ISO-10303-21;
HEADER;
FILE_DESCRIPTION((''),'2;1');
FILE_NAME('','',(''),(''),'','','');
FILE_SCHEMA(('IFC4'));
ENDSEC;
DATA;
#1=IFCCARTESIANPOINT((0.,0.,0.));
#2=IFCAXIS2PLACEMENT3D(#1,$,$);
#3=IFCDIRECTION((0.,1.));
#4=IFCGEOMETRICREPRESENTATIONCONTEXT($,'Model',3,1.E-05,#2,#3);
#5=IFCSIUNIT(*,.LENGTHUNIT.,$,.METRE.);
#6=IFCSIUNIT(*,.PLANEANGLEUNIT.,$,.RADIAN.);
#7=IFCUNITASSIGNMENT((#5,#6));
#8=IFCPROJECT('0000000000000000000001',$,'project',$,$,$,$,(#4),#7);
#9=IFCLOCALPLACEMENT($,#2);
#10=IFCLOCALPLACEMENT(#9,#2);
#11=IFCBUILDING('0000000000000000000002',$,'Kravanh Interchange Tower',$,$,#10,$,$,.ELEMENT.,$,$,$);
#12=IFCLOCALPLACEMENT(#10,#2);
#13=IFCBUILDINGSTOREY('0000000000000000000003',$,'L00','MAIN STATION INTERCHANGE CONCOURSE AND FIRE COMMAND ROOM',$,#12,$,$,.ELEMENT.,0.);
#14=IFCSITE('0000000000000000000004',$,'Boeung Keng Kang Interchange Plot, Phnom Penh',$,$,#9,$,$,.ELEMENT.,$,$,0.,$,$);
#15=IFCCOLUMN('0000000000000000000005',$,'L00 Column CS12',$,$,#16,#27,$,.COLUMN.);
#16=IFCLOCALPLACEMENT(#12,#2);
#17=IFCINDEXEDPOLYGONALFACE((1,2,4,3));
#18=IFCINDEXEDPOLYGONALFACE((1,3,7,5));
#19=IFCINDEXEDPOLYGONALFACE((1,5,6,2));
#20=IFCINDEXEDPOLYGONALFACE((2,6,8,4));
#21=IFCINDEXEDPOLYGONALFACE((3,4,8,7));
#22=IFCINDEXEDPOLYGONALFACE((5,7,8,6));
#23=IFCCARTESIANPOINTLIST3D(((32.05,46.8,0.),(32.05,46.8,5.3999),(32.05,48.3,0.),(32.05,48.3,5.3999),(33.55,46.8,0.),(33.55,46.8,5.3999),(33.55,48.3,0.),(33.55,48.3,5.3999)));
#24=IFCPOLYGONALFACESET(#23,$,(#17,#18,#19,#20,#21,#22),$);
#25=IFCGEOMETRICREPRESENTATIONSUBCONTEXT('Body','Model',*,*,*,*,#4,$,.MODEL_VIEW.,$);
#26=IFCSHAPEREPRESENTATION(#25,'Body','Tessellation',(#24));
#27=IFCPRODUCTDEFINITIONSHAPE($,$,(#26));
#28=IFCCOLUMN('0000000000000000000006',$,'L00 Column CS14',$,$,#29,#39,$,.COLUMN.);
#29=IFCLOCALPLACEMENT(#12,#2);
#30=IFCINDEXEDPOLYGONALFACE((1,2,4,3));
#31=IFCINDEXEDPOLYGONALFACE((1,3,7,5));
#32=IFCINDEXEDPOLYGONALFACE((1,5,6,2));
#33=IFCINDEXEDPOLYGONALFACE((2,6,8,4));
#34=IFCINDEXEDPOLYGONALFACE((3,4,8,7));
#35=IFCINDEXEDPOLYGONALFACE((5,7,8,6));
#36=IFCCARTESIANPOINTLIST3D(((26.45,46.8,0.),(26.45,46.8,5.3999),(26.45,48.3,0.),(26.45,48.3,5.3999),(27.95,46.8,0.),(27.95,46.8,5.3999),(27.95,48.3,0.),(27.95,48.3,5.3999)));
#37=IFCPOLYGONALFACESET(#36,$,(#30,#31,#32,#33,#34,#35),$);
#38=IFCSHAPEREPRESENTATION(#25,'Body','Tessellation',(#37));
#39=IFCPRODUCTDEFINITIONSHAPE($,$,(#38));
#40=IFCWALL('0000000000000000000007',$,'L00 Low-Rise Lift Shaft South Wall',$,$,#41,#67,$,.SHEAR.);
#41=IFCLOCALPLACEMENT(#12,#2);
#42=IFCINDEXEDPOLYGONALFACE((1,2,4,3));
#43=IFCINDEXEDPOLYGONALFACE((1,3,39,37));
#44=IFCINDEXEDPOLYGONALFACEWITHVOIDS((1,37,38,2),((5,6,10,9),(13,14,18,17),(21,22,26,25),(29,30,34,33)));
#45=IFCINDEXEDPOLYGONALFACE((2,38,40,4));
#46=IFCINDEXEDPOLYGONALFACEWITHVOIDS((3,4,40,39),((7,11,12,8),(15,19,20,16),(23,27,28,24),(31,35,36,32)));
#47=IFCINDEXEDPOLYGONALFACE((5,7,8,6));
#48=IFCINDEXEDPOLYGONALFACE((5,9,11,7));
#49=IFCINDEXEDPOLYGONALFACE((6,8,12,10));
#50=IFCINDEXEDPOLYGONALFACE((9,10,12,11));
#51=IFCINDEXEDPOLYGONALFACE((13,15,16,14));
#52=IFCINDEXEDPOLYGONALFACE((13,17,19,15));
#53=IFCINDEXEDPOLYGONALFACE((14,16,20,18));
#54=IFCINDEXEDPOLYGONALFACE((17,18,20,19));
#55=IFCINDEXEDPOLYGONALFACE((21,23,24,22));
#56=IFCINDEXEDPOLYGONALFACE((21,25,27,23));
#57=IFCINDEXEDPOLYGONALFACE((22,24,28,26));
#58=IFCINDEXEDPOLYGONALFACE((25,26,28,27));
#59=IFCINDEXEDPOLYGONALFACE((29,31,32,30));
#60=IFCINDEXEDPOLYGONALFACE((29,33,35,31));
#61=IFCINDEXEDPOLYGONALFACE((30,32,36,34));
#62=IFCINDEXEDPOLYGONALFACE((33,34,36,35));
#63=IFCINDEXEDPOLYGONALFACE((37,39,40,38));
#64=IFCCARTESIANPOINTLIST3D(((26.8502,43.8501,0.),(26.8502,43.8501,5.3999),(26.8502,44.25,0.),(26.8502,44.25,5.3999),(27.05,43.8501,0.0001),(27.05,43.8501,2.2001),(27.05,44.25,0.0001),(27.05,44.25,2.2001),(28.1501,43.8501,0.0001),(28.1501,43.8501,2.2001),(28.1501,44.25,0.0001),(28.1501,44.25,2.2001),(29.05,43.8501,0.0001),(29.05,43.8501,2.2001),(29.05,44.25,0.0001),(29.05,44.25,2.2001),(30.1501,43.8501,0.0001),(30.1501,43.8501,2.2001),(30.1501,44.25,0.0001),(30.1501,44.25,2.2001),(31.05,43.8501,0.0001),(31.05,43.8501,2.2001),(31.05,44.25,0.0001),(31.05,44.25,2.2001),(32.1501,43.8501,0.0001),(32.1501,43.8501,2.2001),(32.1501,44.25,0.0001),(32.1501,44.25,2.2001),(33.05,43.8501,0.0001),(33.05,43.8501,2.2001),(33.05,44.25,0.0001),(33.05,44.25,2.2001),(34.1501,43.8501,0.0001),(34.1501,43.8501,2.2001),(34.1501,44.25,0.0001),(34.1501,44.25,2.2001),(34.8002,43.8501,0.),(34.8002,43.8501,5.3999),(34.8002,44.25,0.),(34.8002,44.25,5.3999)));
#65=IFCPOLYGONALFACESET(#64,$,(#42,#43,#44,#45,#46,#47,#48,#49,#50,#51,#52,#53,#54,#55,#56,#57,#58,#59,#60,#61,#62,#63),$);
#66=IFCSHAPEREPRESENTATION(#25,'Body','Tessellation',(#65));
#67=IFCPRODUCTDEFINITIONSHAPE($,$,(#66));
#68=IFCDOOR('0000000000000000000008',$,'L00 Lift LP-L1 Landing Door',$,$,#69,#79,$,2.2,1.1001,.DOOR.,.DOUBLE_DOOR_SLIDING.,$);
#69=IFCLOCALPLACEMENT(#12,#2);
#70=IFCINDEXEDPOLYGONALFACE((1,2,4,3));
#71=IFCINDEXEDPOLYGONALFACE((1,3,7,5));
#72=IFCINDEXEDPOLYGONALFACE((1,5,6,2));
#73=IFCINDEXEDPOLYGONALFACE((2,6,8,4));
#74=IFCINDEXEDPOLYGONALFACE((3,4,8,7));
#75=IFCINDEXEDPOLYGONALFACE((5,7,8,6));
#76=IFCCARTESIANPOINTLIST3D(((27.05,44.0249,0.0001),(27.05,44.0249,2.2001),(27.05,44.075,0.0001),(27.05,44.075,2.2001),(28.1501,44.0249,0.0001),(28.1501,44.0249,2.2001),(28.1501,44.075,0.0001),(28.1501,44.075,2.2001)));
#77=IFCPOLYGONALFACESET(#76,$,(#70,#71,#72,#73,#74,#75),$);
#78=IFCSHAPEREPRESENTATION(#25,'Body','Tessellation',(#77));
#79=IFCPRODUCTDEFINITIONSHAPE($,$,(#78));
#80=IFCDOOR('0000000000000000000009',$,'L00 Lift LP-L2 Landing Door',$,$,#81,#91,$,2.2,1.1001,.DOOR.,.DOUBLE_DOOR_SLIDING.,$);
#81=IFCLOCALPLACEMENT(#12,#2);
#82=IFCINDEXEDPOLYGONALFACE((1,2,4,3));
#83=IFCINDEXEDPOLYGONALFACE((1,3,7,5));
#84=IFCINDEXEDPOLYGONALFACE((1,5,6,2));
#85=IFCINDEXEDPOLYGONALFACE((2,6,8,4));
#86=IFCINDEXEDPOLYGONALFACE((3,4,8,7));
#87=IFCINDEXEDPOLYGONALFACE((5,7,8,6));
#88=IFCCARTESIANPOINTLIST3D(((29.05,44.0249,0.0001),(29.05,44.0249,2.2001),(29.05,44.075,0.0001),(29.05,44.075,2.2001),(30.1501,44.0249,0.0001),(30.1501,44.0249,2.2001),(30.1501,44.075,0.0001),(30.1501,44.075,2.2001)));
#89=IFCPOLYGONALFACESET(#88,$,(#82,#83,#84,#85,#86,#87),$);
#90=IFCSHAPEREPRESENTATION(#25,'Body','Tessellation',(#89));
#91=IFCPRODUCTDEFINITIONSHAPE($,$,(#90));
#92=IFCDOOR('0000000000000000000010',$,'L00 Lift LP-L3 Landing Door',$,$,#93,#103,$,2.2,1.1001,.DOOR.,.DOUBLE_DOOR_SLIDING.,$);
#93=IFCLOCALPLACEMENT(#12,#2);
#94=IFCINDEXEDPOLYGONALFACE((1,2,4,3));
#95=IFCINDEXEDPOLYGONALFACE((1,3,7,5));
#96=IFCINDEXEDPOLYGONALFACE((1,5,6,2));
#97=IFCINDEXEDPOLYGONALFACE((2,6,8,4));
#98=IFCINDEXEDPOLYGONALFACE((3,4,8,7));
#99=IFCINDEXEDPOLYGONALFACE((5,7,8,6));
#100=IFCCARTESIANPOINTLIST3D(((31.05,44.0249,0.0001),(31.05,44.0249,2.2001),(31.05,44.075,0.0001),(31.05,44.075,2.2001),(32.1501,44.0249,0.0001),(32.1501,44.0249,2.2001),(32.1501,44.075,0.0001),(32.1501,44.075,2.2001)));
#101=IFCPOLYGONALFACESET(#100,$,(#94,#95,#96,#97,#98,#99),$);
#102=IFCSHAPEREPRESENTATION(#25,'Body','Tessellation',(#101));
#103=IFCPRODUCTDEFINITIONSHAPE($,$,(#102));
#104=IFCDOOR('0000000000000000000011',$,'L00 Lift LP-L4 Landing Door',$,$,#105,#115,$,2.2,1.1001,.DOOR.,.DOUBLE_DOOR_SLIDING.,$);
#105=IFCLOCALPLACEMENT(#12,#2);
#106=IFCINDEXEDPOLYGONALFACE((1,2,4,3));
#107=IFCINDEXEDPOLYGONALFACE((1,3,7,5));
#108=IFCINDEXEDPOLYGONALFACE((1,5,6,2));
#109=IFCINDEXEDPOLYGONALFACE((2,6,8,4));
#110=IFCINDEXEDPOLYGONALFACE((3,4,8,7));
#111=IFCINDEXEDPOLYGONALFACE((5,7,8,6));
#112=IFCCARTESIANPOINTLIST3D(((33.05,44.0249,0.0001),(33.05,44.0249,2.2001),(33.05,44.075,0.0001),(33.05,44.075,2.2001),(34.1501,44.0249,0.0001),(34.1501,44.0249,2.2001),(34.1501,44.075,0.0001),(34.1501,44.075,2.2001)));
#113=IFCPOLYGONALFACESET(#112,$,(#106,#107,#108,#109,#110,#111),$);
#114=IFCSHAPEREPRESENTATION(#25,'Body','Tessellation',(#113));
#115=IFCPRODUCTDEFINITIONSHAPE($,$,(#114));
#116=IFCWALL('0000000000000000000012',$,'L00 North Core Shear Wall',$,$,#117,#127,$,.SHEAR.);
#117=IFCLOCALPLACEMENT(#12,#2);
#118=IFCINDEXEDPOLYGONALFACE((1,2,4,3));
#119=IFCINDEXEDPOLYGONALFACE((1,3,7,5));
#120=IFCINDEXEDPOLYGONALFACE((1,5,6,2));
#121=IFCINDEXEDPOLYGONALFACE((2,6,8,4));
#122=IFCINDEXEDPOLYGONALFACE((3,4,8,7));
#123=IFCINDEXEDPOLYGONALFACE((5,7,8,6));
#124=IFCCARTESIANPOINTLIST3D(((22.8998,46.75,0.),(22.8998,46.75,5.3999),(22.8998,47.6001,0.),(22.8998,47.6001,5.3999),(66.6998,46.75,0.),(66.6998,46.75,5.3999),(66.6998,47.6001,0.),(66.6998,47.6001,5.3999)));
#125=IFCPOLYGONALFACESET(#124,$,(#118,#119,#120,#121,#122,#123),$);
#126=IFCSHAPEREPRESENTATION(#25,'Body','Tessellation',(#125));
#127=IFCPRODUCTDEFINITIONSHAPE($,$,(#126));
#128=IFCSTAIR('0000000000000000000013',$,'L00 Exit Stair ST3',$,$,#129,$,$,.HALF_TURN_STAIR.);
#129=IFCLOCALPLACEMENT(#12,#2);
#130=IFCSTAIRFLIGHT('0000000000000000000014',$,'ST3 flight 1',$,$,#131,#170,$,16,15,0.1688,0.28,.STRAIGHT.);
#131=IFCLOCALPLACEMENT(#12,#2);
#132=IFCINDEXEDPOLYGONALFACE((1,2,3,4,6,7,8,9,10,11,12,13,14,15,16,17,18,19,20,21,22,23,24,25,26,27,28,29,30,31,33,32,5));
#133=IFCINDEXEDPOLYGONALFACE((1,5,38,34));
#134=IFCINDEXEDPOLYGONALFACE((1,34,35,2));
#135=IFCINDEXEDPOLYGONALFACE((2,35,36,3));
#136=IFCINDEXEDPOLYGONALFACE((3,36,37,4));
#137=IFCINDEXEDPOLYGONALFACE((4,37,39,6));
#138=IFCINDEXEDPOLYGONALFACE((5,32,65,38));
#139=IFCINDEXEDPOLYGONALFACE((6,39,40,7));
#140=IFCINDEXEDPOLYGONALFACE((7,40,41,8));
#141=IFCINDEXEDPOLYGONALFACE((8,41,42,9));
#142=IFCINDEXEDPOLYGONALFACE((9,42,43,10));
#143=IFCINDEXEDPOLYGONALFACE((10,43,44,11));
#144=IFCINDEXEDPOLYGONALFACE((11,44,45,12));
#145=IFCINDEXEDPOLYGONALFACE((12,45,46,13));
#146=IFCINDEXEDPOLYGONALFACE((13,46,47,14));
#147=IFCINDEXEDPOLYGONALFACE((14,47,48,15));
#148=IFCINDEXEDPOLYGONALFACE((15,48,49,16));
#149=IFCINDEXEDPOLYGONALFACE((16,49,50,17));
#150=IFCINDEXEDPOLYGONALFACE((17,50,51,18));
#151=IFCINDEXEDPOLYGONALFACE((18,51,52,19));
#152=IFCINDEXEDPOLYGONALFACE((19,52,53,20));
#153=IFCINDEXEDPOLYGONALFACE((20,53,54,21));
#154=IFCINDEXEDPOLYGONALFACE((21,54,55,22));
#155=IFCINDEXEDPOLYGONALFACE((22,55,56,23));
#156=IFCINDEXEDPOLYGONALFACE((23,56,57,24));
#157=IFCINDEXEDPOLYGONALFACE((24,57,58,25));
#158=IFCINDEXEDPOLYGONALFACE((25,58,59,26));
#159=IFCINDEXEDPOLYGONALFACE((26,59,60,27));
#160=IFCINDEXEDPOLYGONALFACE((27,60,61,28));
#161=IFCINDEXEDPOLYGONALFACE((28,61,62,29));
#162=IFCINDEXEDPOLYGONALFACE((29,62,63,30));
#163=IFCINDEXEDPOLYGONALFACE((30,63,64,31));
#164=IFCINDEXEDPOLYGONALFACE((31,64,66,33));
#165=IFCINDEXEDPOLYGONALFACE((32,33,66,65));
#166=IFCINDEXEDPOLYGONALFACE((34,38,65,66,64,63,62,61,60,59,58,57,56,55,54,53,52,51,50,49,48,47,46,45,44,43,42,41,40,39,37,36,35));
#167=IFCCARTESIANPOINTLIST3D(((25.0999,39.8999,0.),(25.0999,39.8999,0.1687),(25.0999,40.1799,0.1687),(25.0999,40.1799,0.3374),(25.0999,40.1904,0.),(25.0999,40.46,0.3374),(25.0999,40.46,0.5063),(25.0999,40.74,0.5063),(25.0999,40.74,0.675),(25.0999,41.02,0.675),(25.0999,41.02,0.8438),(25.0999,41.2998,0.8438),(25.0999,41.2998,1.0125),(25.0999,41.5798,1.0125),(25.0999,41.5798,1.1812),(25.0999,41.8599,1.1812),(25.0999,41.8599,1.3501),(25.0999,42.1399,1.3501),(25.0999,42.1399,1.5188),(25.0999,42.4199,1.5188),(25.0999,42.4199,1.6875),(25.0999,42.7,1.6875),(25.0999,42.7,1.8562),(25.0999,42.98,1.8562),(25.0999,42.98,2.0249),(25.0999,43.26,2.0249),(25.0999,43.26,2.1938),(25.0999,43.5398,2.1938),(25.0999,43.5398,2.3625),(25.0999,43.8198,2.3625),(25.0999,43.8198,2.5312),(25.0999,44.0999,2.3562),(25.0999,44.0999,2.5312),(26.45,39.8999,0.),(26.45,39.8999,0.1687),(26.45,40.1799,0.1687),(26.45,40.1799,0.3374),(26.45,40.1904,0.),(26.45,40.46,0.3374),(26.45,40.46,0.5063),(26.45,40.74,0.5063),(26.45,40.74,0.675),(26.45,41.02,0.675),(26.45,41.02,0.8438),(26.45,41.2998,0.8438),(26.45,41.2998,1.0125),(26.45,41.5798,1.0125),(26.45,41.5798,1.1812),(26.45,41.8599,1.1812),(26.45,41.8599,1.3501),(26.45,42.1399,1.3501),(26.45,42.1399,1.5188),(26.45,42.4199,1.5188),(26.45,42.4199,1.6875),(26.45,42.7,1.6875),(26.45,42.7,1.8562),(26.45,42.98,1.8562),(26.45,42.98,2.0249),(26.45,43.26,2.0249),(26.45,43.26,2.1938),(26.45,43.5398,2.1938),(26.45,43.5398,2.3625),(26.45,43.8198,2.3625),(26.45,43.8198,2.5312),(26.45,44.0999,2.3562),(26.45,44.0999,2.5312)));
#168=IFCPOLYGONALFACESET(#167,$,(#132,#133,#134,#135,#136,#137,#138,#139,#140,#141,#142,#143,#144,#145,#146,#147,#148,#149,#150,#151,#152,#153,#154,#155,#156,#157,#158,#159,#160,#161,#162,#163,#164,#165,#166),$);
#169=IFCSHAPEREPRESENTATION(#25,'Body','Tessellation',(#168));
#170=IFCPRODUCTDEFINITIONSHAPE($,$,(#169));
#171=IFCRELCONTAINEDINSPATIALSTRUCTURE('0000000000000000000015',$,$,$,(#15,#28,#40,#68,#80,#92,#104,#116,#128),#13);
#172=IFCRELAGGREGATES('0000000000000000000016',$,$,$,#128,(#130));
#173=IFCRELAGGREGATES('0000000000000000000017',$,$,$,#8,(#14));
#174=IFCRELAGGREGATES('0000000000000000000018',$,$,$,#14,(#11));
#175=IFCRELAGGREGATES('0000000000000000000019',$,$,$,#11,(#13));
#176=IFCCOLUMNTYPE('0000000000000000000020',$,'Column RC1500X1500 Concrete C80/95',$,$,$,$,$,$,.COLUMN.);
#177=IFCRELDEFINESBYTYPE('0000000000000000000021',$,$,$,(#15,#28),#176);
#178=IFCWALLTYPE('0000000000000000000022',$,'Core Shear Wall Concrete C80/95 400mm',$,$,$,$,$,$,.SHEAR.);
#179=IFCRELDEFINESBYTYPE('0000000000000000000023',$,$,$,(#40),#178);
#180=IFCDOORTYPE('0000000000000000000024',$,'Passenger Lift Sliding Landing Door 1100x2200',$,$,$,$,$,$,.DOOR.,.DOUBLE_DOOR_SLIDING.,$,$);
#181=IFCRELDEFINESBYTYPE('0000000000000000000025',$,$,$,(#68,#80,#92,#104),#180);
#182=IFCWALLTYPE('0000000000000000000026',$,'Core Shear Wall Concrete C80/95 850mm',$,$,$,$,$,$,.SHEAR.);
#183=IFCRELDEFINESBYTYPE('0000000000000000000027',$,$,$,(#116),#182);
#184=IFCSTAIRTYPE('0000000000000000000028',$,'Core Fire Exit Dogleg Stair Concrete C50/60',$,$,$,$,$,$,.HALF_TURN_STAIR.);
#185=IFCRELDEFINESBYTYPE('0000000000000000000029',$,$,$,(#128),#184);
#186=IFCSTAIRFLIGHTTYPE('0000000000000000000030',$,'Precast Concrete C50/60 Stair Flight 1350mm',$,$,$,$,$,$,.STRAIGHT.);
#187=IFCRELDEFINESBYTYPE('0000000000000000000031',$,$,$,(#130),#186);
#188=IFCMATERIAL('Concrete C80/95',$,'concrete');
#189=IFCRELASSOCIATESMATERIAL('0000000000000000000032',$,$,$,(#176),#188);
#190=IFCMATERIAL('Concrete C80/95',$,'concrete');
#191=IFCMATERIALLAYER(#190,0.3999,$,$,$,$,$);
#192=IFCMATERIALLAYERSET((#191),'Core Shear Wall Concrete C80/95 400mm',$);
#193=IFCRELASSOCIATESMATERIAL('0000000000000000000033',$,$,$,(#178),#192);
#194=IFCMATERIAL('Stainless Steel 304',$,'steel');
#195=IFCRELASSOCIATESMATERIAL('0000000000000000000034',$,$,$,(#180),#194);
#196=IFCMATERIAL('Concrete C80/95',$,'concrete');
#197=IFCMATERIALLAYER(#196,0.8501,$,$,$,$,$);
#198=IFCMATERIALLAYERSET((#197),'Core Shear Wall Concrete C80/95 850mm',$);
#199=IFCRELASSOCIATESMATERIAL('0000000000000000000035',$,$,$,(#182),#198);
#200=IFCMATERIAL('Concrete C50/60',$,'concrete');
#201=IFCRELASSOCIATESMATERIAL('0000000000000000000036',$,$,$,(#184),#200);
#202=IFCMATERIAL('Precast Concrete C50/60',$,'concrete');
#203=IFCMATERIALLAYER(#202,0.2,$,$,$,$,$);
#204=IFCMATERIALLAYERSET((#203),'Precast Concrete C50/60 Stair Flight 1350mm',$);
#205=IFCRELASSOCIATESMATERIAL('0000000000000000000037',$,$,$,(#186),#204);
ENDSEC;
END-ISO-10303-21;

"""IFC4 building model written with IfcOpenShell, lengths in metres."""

from ifc_helpers import new_model, si_unit, direction, frame, frame_2d, origin, origin_2d, place, context, subcontext, project, spatial, polyline, rectangle, outline, extrude, material, layer, layer_set, material_profile, profile_set, type_object, element, fill, aggregate, save


model = new_model("IFC4")

# Units and contexts
model_context = context("Model", 3, precision=1e-05, world=origin(), true_north=direction((0.0, 1.0)))
body_context = subcontext(model_context, "Body", "Model", "MODEL_VIEW")
ifc_project = project(units=[si_unit("LENGTHUNIT", "METRE"), si_unit("PLANEANGLEUNIT", "RADIAN")], contexts=[model_context])

# Site, building, storey
site_placement = place(None, origin())
site = spatial("IfcSite", under=ifc_project, at=site_placement, Name="Boeung Keng Kang Interchange Plot, Phnom Penh", CompositionType="ELEMENT", RefElevation=0.0)
building_placement = place(site_placement, origin())
building = spatial("IfcBuilding", under=site, at=building_placement, Name="Kravanh Interchange Tower", CompositionType="ELEMENT")
storey_placement = place(building_placement, origin())
storey = spatial("IfcBuildingStorey", under=building, at=storey_placement, Name="L00", Description="MAIN STATION INTERCHANGE CONCOURSE AND FIRE COMMAND ROOM", CompositionType="ELEMENT", Elevation=0.0)

# Columns
ifc_material_1 = material(Name="Concrete C80/95", Category="concrete")
ifc_material_profile = material_profile(ifc_material_1, rectangle(XDim=1.5, YDim=1.5, at=origin_2d()), Name="RC1500X1500")
ifc_profile_set = profile_set([ifc_material_profile], Name="Concrete C80/95")
column_type = type_object("IfcColumnType", Name="Column RC1500X1500 Concrete C80/95", PredefinedType="COLUMN", material=ifc_profile_set)
for number, where, z_axis, x_axis, name in (
    (1, (32.8, 47.55, 0.0), (0.0, 0.0, 1.0), (1.0, 0.0, 0.0), "L00 Column CS12"),
    (2, (27.2, 47.55, 0.0), (0.0, 0.0, 1.0), (1.0, 0.0, 0.0), "L00 Column CS14"),
):
    element("IfcColumn", number, at=place(storey_placement, frame(where, z_axis=z_axis, x_axis=x_axis)), inside=storey, type_object=column_type, Name=name, PredefinedType="COLUMN", context=body_context, shape_type="SweptSolid", body=[
        extrude(rectangle(XDim=1.5, YDim=1.5, at=origin_2d()), origin(), (0.0, 0.0, 1.0), 5.3999),
    ])

# Wall, openings, doors
ifc_material_2 = material(Name="Concrete C80/95", Category="concrete")
ifc_layer_1 = layer(ifc_material_2, 0.3999)
ifc_layer_set_1 = layer_set([ifc_layer_1], Name="Core Shear Wall Concrete C80/95 400mm")
wall_type_1 = type_object("IfcWallType", Name="Core Shear Wall Concrete C80/95 400mm", PredefinedType="SHEAR", material=ifc_layer_set_1)
wall_1_placement = place(storey_placement, frame((26.8501, 44.05, 0.0), z_axis=(0.0, 0.0, 1.0), x_axis=(1.0, 0.0, 0.0)))
wall_1 = element("IfcWall", 3, at=wall_1_placement, inside=storey, type_object=wall_type_1, Name="L00 Low-Rise Lift Shaft South Wall", PredefinedType="SHEAR", context=body_context, shape_type="SweptSolid", body=[
    extrude(rectangle(XDim=7.95, YDim=0.3999, at=frame_2d((3.9751, 0.0))), origin(), (0.0, 0.0, 1.0), 5.3999),
])
opening_1_placement = place(wall_1_placement, frame((0.2, 0.0, 0.0)))
opening_1 = element("IfcOpeningElement", 4, at=opening_1_placement, cuts=wall_1, PredefinedType="OPENING", context=body_context, shape_type="SweptSolid", body=[
    extrude(rectangle(XDim=1.1001, YDim=2.2, at=frame_2d((0.55, 1.1001))), frame((0.0, 0.21, 0.0), z_axis=(0.0, -1.0, 0.0), x_axis=(1.0, 0.0, 0.0)), (0.0, 0.0, 1.0), 0.4199),
])
opening_2_placement = place(wall_1_placement, frame((2.2, 0.0, 0.0)))
opening_2 = element("IfcOpeningElement", 5, at=opening_2_placement, cuts=wall_1, PredefinedType="OPENING", context=body_context, shape_type="SweptSolid", body=[
    extrude(rectangle(XDim=1.1001, YDim=2.2, at=frame_2d((0.55, 1.1001))), frame((0.0, 0.21, 0.0), z_axis=(0.0, -1.0, 0.0), x_axis=(1.0, 0.0, 0.0)), (0.0, 0.0, 1.0), 0.4199),
])
opening_3_placement = place(wall_1_placement, frame((4.2, 0.0, 0.0)))
opening_3 = element("IfcOpeningElement", 6, at=opening_3_placement, cuts=wall_1, PredefinedType="OPENING", context=body_context, shape_type="SweptSolid", body=[
    extrude(rectangle(XDim=1.1001, YDim=2.2, at=frame_2d((0.55, 1.1001))), frame((0.0, 0.21, 0.0), z_axis=(0.0, -1.0, 0.0), x_axis=(1.0, 0.0, 0.0)), (0.0, 0.0, 1.0), 0.4199),
])
opening_4_placement = place(wall_1_placement, frame((6.2, 0.0, 0.0)))
opening_4 = element("IfcOpeningElement", 7, at=opening_4_placement, cuts=wall_1, PredefinedType="OPENING", context=body_context, shape_type="SweptSolid", body=[
    extrude(rectangle(XDim=1.1001, YDim=2.2, at=frame_2d((0.55, 1.1001))), frame((0.0, 0.21, 0.0), z_axis=(0.0, -1.0, 0.0), x_axis=(1.0, 0.0, 0.0)), (0.0, 0.0, 1.0), 0.4199),
])
ifc_material_3 = material(Name="Stainless Steel 304", Category="steel")
door_type = type_object("IfcDoorType", Name="Passenger Lift Sliding Landing Door 1100x2200", OperationType="DOUBLE_DOOR_SLIDING", PredefinedType="DOOR", material=ifc_material_3)
door_1_placement = place(opening_1_placement, origin())
door_1 = element("IfcDoor", 8, at=door_1_placement, inside=storey, type_object=door_type, Name="L00 Lift LP-L1 Landing Door", OperationType="DOUBLE_DOOR_SLIDING", OverallHeight=2.2, OverallWidth=1.1001, PredefinedType="DOOR", context=body_context, shape_type="SweptSolid", body=[
    extrude(rectangle(XDim=1.1001, YDim=2.2, at=frame_2d((0.55, 1.1001))), frame((0.0, 0.0249, 0.0), z_axis=(0.0, -1.0, 0.0), x_axis=(1.0, 0.0, 0.0)), (0.0, 0.0, 1.0), 0.05),
])
fill(opening_1, door_1)
door_2_placement = place(opening_2_placement, origin())
door_2 = element("IfcDoor", 9, at=door_2_placement, inside=storey, type_object=door_type, Name="L00 Lift LP-L2 Landing Door", OperationType="DOUBLE_DOOR_SLIDING", OverallHeight=2.2, OverallWidth=1.1001, PredefinedType="DOOR", context=body_context, shape_type="SweptSolid", body=[
    extrude(rectangle(XDim=1.1001, YDim=2.2, at=frame_2d((0.55, 1.1001))), frame((0.0, 0.0249, 0.0), z_axis=(0.0, -1.0, 0.0), x_axis=(1.0, 0.0, 0.0)), (0.0, 0.0, 1.0), 0.05),
])
fill(opening_2, door_2)
door_3_placement = place(opening_3_placement, origin())
door_3 = element("IfcDoor", 10, at=door_3_placement, inside=storey, type_object=door_type, Name="L00 Lift LP-L3 Landing Door", OperationType="DOUBLE_DOOR_SLIDING", OverallHeight=2.2, OverallWidth=1.1001, PredefinedType="DOOR", context=body_context, shape_type="SweptSolid", body=[
    extrude(rectangle(XDim=1.1001, YDim=2.2, at=frame_2d((0.55, 1.1001))), frame((0.0, 0.0249, 0.0), z_axis=(0.0, -1.0, 0.0), x_axis=(1.0, 0.0, 0.0)), (0.0, 0.0, 1.0), 0.05),
])
fill(opening_3, door_3)
door_4_placement = place(opening_4_placement, origin())
door_4 = element("IfcDoor", 11, at=door_4_placement, inside=storey, type_object=door_type, Name="L00 Lift LP-L4 Landing Door", OperationType="DOUBLE_DOOR_SLIDING", OverallHeight=2.2, OverallWidth=1.1001, PredefinedType="DOOR", context=body_context, shape_type="SweptSolid", body=[
    extrude(rectangle(XDim=1.1001, YDim=2.2, at=frame_2d((0.55, 1.1001))), frame((0.0, 0.0249, 0.0), z_axis=(0.0, -1.0, 0.0), x_axis=(1.0, 0.0, 0.0)), (0.0, 0.0, 1.0), 0.05),
])
fill(opening_4, door_4)

# Wall
ifc_material_4 = material(Name="Concrete C80/95", Category="concrete")
ifc_layer_2 = layer(ifc_material_4, 0.8501)
ifc_layer_set_2 = layer_set([ifc_layer_2], Name="Core Shear Wall Concrete C80/95 850mm")
wall_type_2 = type_object("IfcWallType", Name="Core Shear Wall Concrete C80/95 850mm", PredefinedType="SHEAR", material=ifc_layer_set_2)
wall_2_placement = place(storey_placement, frame((22.8999, 47.175, 0.0), z_axis=(0.0, 0.0, 1.0), x_axis=(1.0, 0.0, 0.0)))
element("IfcWall", 12, at=wall_2_placement, inside=storey, type_object=wall_type_2, Name="L00 North Core Shear Wall", PredefinedType="SHEAR", context=body_context, shape_type="SweptSolid", body=[
    extrude(rectangle(XDim=43.8, YDim=0.8501, at=frame_2d((21.8999, 0.0))), origin(), (0.0, 0.0, 1.0), 5.3999),
])

# Stair, stair flight
ifc_material_5 = material(Name="Concrete C50/60", Category="concrete")
stair_type = type_object("IfcStairType", Name="Core Fire Exit Dogleg Stair Concrete C50/60", PredefinedType="HALF_TURN_STAIR", material=ifc_material_5)
stair_placement = place(storey_placement, origin())
stair = element("IfcStair", 13, at=stair_placement, inside=storey, type_object=stair_type, Name="L00 Exit Stair ST3", PredefinedType="HALF_TURN_STAIR")
ifc_material_6 = material(Name="Precast Concrete C50/60", Category="concrete")
ifc_layer_3 = layer(ifc_material_6, 0.2)
ifc_layer_set_3 = layer_set([ifc_layer_3], Name="Precast Concrete C50/60 Stair Flight 1350mm")
stair_flight_type = type_object("IfcStairFlightType", Name="Precast Concrete C50/60 Stair Flight 1350mm", PredefinedType="STRAIGHT", material=ifc_layer_set_3)
stair_flight_1_placement = place(storey_placement, frame((25.7749, 39.8999, 0.0), z_axis=(0.0, 0.0, 1.0), x_axis=(0.0, 1.0, 0.0)))
stair_flight_1 = element("IfcStairFlight", 14, at=stair_flight_1_placement, type_object=stair_flight_type, Name="ST3 flight 1", NumberOfRisers=16, NumberOfTreads=15, PredefinedType="STRAIGHT", RiserHeight=0.1688, TreadLength=0.28, context=body_context, shape_type="SweptSolid", body=[
    extrude(outline(polyline([(0.0, 0.0), (0.0, 0.1687), (0.28, 0.1687), (0.28, 0.3374), (0.5601, 0.3374), (0.5601, 0.5063), (0.8401, 0.5063), (0.8401, 0.675), (1.1201, 0.675), (1.1201, 0.8438), (1.3999, 0.8438), (1.3999, 1.0125), (1.6799, 1.0125), (1.6799, 1.1812), (1.96, 1.1812), (1.96, 1.3501), (2.24, 1.3501), (2.24, 1.5188), (2.52, 1.5188), (2.52, 1.6875), (2.8, 1.6875), (2.8, 1.8562), (3.0801, 1.8562), (3.0801, 2.0249), (3.3601, 2.0249), (3.3601, 2.1938), (3.6399, 2.1938), (3.6399, 2.3625), (3.9199, 2.3625), (3.9199, 2.5312), (4.2, 2.5312), (4.2, 2.7), (4.2, 2.3562), (0.2905, 0.0), (0.0, 0.0)])), frame((0.0, 0.675, 0.0), z_axis=(0.0, -1.0, 0.0), x_axis=(1.0, 0.0, 0.0)), (0.0, 0.0, 1.0), 1.3501),
])
aggregate(stair, [stair_flight_1])

save(model, "model.ifc")
